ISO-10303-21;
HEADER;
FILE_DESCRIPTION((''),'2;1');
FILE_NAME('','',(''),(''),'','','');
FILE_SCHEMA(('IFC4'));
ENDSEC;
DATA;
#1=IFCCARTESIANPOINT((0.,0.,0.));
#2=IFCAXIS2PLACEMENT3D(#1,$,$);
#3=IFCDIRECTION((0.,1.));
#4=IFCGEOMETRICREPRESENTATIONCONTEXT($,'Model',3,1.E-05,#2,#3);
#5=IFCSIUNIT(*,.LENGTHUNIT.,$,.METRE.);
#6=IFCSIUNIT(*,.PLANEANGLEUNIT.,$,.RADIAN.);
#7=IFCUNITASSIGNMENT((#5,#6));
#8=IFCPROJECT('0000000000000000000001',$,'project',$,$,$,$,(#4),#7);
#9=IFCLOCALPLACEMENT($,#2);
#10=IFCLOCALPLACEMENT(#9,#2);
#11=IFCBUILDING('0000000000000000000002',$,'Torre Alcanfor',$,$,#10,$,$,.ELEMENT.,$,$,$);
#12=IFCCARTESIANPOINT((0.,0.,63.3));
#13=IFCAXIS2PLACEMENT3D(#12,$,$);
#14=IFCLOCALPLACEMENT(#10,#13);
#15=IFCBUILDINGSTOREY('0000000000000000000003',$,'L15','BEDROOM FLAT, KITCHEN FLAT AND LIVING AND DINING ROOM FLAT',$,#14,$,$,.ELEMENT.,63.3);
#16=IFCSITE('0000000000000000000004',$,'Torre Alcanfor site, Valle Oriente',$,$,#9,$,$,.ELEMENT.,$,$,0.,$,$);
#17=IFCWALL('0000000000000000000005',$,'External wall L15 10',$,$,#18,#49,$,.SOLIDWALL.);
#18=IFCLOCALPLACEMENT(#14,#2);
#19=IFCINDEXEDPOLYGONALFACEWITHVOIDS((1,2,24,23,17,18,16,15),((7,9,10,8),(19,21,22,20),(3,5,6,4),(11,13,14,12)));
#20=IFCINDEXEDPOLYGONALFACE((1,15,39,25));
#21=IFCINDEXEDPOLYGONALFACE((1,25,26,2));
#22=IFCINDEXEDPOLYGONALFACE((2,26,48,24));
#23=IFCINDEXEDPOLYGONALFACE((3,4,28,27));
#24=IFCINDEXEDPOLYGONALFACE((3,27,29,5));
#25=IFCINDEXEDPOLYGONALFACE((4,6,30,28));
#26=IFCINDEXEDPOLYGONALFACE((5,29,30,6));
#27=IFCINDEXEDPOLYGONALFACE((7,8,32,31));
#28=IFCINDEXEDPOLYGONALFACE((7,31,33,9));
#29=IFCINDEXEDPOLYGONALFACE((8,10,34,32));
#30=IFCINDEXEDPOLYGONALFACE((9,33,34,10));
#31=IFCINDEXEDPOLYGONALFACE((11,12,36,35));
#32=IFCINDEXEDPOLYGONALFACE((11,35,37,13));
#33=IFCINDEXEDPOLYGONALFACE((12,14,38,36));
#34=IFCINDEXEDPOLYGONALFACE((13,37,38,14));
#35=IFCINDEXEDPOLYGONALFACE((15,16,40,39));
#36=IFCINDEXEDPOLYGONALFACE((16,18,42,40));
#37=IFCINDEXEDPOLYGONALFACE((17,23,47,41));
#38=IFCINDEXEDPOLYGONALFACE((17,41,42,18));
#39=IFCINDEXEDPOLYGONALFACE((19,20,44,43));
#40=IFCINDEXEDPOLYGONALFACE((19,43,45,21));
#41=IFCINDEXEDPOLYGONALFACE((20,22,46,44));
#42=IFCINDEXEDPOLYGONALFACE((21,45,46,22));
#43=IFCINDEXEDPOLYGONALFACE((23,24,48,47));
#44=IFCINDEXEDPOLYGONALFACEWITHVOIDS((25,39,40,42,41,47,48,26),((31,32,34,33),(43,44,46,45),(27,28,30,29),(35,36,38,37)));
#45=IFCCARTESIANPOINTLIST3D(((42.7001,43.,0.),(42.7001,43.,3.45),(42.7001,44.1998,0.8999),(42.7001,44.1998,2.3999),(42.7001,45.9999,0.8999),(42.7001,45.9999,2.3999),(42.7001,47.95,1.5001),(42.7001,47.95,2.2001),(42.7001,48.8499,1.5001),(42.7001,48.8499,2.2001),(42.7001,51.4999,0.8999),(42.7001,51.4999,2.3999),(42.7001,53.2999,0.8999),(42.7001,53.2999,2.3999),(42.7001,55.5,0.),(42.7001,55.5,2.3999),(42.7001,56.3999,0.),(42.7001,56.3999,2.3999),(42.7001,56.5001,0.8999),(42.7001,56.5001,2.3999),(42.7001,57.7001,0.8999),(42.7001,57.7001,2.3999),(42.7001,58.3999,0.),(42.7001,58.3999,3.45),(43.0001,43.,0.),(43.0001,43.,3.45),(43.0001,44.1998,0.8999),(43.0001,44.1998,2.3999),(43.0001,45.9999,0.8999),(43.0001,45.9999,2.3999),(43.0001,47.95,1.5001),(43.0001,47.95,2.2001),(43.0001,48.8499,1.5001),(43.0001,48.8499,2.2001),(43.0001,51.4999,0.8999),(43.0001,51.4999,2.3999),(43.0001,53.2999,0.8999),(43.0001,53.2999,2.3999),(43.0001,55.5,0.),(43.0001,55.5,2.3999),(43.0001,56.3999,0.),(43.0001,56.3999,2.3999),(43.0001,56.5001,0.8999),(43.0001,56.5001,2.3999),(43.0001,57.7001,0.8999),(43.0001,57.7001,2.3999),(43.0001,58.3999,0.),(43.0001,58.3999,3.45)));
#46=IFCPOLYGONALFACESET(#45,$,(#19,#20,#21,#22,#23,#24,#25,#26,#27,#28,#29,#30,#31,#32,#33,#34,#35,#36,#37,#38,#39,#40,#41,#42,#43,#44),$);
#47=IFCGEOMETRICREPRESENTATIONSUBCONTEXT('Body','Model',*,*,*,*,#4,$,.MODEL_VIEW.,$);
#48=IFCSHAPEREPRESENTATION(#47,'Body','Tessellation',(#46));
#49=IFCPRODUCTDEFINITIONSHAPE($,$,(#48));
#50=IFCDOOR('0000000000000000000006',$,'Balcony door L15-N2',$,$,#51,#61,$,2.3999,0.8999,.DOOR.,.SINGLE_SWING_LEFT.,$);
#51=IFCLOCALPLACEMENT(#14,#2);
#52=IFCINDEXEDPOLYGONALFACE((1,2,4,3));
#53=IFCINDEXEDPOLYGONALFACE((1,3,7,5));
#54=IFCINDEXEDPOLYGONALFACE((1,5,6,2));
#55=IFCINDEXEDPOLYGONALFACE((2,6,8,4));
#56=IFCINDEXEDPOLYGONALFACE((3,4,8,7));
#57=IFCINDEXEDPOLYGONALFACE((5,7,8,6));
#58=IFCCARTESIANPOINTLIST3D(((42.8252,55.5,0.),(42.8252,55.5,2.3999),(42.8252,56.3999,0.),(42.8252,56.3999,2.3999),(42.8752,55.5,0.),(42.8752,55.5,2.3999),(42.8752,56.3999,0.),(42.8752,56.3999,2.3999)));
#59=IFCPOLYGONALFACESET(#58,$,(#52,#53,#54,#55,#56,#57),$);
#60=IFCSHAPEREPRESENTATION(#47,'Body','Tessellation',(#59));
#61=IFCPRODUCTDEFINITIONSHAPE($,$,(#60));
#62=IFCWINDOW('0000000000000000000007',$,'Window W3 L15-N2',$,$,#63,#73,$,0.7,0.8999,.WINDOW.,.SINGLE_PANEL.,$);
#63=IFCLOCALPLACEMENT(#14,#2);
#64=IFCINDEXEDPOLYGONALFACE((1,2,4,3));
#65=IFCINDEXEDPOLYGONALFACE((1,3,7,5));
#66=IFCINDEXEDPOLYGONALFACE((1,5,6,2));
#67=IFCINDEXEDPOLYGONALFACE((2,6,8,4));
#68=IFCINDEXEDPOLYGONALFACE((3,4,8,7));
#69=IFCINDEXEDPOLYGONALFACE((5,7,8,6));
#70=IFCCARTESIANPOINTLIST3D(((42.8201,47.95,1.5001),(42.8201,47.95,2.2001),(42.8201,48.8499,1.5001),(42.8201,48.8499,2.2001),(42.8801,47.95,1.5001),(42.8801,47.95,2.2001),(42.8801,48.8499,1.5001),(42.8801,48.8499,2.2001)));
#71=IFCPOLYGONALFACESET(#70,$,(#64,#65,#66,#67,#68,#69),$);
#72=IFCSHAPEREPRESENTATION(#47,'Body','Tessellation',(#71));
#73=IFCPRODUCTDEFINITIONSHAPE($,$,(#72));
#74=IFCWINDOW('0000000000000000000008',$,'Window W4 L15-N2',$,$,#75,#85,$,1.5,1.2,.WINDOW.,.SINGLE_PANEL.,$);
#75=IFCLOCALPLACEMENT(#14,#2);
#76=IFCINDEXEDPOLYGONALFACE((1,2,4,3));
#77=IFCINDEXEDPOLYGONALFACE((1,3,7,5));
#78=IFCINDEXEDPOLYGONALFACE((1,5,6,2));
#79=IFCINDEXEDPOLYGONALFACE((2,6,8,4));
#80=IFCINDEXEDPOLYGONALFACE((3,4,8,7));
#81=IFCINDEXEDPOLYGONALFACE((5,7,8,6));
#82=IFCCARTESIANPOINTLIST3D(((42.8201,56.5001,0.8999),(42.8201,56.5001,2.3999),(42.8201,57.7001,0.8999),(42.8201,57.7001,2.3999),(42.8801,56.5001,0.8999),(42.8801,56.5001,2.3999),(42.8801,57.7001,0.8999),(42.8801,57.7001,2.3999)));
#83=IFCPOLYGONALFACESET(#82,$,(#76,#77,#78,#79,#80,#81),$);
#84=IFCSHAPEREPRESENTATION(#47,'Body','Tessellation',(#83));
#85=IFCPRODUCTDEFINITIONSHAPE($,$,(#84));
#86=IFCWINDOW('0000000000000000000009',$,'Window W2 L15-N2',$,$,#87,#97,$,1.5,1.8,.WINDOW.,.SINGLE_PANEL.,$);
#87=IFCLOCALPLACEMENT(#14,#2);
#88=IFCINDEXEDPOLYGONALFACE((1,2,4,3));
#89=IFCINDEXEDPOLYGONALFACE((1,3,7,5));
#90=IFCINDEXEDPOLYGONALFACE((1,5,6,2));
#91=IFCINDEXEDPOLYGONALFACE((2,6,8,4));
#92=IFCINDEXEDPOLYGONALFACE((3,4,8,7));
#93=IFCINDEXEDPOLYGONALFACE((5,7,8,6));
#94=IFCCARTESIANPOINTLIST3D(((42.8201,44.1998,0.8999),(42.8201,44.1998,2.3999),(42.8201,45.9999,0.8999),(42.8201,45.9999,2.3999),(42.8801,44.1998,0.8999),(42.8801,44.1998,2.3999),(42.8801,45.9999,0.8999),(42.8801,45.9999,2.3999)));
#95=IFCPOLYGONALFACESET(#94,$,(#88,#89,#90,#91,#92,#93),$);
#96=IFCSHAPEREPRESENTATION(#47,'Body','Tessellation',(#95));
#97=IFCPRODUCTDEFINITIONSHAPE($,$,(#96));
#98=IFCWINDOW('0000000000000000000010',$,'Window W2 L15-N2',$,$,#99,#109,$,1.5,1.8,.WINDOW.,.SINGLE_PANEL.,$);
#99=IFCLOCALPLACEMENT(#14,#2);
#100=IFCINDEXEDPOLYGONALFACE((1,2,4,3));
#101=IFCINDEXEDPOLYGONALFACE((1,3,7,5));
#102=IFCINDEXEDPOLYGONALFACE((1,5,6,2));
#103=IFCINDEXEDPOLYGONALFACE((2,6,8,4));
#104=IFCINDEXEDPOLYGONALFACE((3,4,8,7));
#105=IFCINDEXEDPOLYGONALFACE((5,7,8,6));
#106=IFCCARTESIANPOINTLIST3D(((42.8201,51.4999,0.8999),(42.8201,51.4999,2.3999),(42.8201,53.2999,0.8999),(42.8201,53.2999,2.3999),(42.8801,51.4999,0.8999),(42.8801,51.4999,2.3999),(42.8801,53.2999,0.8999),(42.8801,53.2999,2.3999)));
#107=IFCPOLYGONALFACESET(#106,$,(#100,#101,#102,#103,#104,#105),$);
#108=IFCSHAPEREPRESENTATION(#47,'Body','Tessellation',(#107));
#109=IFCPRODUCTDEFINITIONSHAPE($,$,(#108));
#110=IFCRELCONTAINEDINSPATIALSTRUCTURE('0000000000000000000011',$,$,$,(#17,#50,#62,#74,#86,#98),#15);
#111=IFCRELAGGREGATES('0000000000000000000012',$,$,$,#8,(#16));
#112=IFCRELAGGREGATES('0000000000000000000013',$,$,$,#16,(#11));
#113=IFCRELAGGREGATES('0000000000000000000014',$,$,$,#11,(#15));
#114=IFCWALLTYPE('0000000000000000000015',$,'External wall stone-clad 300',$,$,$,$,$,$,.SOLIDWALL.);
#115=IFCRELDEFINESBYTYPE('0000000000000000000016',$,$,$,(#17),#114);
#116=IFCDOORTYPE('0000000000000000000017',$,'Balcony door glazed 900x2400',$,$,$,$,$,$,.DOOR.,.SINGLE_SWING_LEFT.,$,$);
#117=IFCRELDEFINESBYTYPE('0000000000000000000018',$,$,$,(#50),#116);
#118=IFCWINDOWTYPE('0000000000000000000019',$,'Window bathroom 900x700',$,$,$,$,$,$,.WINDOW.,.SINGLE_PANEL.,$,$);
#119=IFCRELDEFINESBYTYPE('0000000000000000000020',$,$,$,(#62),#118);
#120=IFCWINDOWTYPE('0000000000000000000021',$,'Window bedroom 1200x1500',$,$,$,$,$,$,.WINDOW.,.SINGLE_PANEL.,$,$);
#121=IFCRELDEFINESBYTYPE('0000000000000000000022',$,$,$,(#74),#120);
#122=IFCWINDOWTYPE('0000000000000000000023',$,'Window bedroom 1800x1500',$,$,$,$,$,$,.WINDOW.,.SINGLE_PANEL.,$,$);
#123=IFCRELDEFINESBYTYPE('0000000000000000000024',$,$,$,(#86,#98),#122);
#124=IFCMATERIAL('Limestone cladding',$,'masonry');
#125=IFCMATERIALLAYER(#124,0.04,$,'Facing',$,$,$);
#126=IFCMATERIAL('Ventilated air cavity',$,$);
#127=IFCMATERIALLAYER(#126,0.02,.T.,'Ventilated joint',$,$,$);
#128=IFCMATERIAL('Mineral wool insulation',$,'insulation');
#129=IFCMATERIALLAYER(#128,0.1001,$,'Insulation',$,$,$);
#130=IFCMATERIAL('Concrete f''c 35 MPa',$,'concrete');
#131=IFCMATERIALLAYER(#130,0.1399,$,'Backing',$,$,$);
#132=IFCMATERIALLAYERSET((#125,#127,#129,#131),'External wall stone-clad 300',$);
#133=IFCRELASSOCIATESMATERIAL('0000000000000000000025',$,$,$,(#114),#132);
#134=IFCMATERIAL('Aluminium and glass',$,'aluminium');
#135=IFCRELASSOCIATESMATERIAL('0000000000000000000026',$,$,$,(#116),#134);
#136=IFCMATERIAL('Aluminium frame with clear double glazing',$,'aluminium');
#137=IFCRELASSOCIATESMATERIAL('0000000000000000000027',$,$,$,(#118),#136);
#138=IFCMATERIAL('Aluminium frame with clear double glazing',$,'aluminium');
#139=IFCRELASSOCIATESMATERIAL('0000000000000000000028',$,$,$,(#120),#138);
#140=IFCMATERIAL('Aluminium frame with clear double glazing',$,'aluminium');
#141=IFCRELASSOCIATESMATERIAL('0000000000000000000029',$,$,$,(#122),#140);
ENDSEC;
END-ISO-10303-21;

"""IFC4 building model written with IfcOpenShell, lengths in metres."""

from ifc_helpers import new_model, si_unit, direction, frame, frame_2d, origin, place, context, subcontext, project, spatial, rectangle, extrude, material, layer, layer_set, type_object, element, fill, save


model = new_model("IFC4")

# Units and contexts
model_context = context("Model", 3, precision=1e-05, world=origin(), true_north=direction((0.0, 1.0)))
body_context = subcontext(model_context, "Body", "Model", "MODEL_VIEW")
ifc_project = project(units=[si_unit("LENGTHUNIT", "METRE"), si_unit("PLANEANGLEUNIT", "RADIAN")], contexts=[model_context])

# Site, building, storey
site_placement = place(None, origin())
site = spatial("IfcSite", under=ifc_project, at=site_placement, Name="Torre Alcanfor site, Valle Oriente", CompositionType="ELEMENT", RefElevation=0.0)
building_placement = place(site_placement, origin())
building = spatial("IfcBuilding", under=site, at=building_placement, Name="Torre Alcanfor", CompositionType="ELEMENT")
storey_placement = place(building_placement, frame((0.0, 0.0, 63.3)))
storey = spatial("IfcBuildingStorey", under=building, at=storey_placement, Name="L15", Description="BEDROOM FLAT, KITCHEN FLAT AND LIVING AND DINING ROOM FLAT", CompositionType="ELEMENT", Elevation=63.3)

# Wall, openings, door, windows
ifc_material_1 = material(Name="Limestone cladding", Category="masonry")
ifc_layer_1 = layer(ifc_material_1, 0.04, Name="Facing")
ifc_material_2 = material(Name="Ventilated air cavity")
ifc_layer_2 = layer(ifc_material_2, 0.02, ventilated=True, Name="Ventilated joint")
ifc_material_3 = material(Name="Mineral wool insulation", Category="insulation")
ifc_layer_3 = layer(ifc_material_3, 0.1001, Name="Insulation")
ifc_material_4 = material(Name="Concrete f'c 35 MPa", Category="concrete")
ifc_layer_4 = layer(ifc_material_4, 0.1399, Name="Backing")
ifc_layer_set_1 = layer_set([ifc_layer_1, ifc_layer_2, ifc_layer_3, ifc_layer_4], Name="External wall stone-clad 300")
wall_type_1 = type_object("IfcWallType", Name="External wall stone-clad 300", PredefinedType="SOLIDWALL", material=ifc_layer_set_1)
ifc_material_5 = material(Name="Aluminium and glass", Category="aluminium")
door_type = type_object("IfcDoorType", Name="Balcony door glazed 900x2400", OperationType="SINGLE_SWING_LEFT", PredefinedType="DOOR", material=ifc_material_5)
ifc_material_6 = material(Name="Aluminium frame with clear double glazing", Category="aluminium")
window_type_1 = type_object("IfcWindowType", Name="Window bathroom 900x700", PartitioningType="SINGLE_PANEL", PredefinedType="WINDOW", material=ifc_material_6)
ifc_material_7 = material(Name="Aluminium frame with clear double glazing", Category="aluminium")
window_type_2 = type_object("IfcWindowType", Name="Window bedroom 1200x1500", PartitioningType="SINGLE_PANEL", PredefinedType="WINDOW", material=ifc_material_7)
ifc_material_8 = material(Name="Aluminium frame with clear double glazing", Category="aluminium")
window_type_3 = type_object("IfcWindowType", Name="Window bedroom 1800x1500", PartitioningType="SINGLE_PANEL", PredefinedType="WINDOW", material=ifc_material_8)
wall_1_placement = place(storey_placement, frame((42.8501, 43.0, 0.0), z_axis=(0.0, 0.0, 1.0), x_axis=(0.0, 1.0, 0.0)))
wall_1 = element("IfcWall", 1, at=wall_1_placement, inside=storey, type_object=wall_type_1, Name="External wall L15 10", PredefinedType="SOLIDWALL", context=body_context, shape_type="SweptSolid", body=[
    extrude(rectangle(XDim=15.3999, YDim=0.3, at=frame_2d((7.7, 0.0))), origin(), (0.0, 0.0, 1.0), 3.45),
])
opening_1_placement = place(wall_1_placement, frame((1.2, 0.0, 0.8999)))
opening_1 = element("IfcOpeningElement", 2, at=opening_1_placement, cuts=wall_1, PredefinedType="OPENING", context=body_context, shape_type="SweptSolid", body=[
    extrude(rectangle(XDim=1.8, YDim=1.5, at=frame_2d((0.8999, 0.75))), frame((0.0, 0.1599, 0.0), z_axis=(0.0, -1.0, 0.0), x_axis=(1.0, 0.0, 0.0)), (0.0, 0.0, 1.0), 0.3201),
])
opening_2_placement = place(wall_1_placement, frame((4.95, 0.0, 1.5)))
opening_2 = element("IfcOpeningElement", 3, at=opening_2_placement, cuts=wall_1, PredefinedType="OPENING", context=body_context, shape_type="SweptSolid", body=[
    extrude(rectangle(XDim=0.8999, YDim=0.7, at=frame_2d((0.45, 0.3501))), frame((0.0, 0.1599, 0.0), z_axis=(0.0, -1.0, 0.0), x_axis=(1.0, 0.0, 0.0)), (0.0, 0.0, 1.0), 0.3201),
])
opening_3_placement = place(wall_1_placement, frame((8.5, 0.0, 0.8999)))
opening_3 = element("IfcOpeningElement", 4, at=opening_3_placement, cuts=wall_1, PredefinedType="OPENING", context=body_context, shape_type="SweptSolid", body=[
    extrude(rectangle(XDim=1.8, YDim=1.5, at=frame_2d((0.8999, 0.75))), frame((0.0, 0.1599, 0.0), z_axis=(0.0, -1.0, 0.0), x_axis=(1.0, 0.0, 0.0)), (0.0, 0.0, 1.0), 0.3201),
])
opening_4_placement = place(wall_1_placement, frame((12.5, 0.0, 0.0)))
opening_4 = element("IfcOpeningElement", 5, at=opening_4_placement, cuts=wall_1, PredefinedType="OPENING", context=body_context, shape_type="SweptSolid", body=[
    extrude(rectangle(XDim=0.8999, YDim=2.3999, at=frame_2d((0.45, 1.2))), frame((0.0, 0.1599, 0.0), z_axis=(0.0, -1.0, 0.0), x_axis=(1.0, 0.0, 0.0)), (0.0, 0.0, 1.0), 0.3201),
])
opening_5_placement = place(wall_1_placement, frame((13.5, 0.0, 0.8999)))
opening_5 = element("IfcOpeningElement", 6, at=opening_5_placement, cuts=wall_1, PredefinedType="OPENING", context=body_context, shape_type="SweptSolid", body=[
    extrude(rectangle(XDim=1.2, YDim=1.5, at=frame_2d((0.6001, 0.75))), frame((0.0, 0.1599, 0.0), z_axis=(0.0, -1.0, 0.0), x_axis=(1.0, 0.0, 0.0)), (0.0, 0.0, 1.0), 0.3201),
])
door_1_placement = place(opening_4_placement, origin())
door_1 = element("IfcDoor", 7, at=door_1_placement, inside=storey, type_object=door_type, Name="Balcony door L15-N2", OperationType="SINGLE_SWING_LEFT", OverallHeight=2.3999, OverallWidth=0.8999, PredefinedType="DOOR", context=body_context, shape_type="SweptSolid", body=[
    extrude(rectangle(XDim=0.8999, YDim=2.3999, at=frame_2d((0.45, 1.2))), frame((0.0, 0.0249, 0.0), z_axis=(0.0, -1.0, 0.0), x_axis=(1.0, 0.0, 0.0)), (0.0, 0.0, 1.0), 0.05),
])
fill(opening_4, door_1)
window_1_placement = place(opening_2_placement, origin())
window_1 = element("IfcWindow", 8, at=window_1_placement, inside=storey, type_object=window_type_1, Name="Window W3 L15-N2", OverallHeight=0.7, OverallWidth=0.8999, PartitioningType="SINGLE_PANEL", PredefinedType="WINDOW", context=body_context, shape_type="SweptSolid", body=[
    extrude(rectangle(XDim=0.8999, YDim=0.7, at=frame_2d((0.45, 0.3501))), frame((0.0, 0.03, 0.0), z_axis=(0.0, -1.0, 0.0), x_axis=(1.0, 0.0, 0.0)), (0.0, 0.0, 1.0), 0.0601),
])
fill(opening_2, window_1)
window_2_placement = place(opening_5_placement, origin())
window_2 = element("IfcWindow", 9, at=window_2_placement, inside=storey, type_object=window_type_2, Name="Window W4 L15-N2", OverallHeight=1.5, OverallWidth=1.2, PartitioningType="SINGLE_PANEL", PredefinedType="WINDOW", context=body_context, shape_type="SweptSolid", body=[
    extrude(rectangle(XDim=1.2, YDim=1.5, at=frame_2d((0.6001, 0.75))), frame((0.0, 0.03, 0.0), z_axis=(0.0, -1.0, 0.0), x_axis=(1.0, 0.0, 0.0)), (0.0, 0.0, 1.0), 0.0601),
])
fill(opening_5, window_2)
window_3_placement = place(opening_1_placement, origin())
window_3 = element("IfcWindow", 10, at=window_3_placement, inside=storey, type_object=window_type_3, Name="Window W2 L15-N2", OverallHeight=1.5, OverallWidth=1.8, PartitioningType="SINGLE_PANEL", PredefinedType="WINDOW", context=body_context, shape_type="SweptSolid", body=[
    extrude(rectangle(XDim=1.8, YDim=1.5, at=frame_2d((0.8999, 0.75))), frame((0.0, 0.03, 0.0), z_axis=(0.0, -1.0, 0.0), x_axis=(1.0, 0.0, 0.0)), (0.0, 0.0, 1.0), 0.0601),
])
fill(opening_1, window_3)
window_4_placement = place(opening_3_placement, origin())
window_4 = element("IfcWindow", 11, at=window_4_placement, inside=storey, type_object=window_type_3, Name="Window W2 L15-N2", OverallHeight=1.5, OverallWidth=1.8, PartitioningType="SINGLE_PANEL", PredefinedType="WINDOW", context=body_context, shape_type="SweptSolid", body=[
    extrude(rectangle(XDim=1.8, YDim=1.5, at=frame_2d((0.8999, 0.75))), frame((0.0, 0.03, 0.0), z_axis=(0.0, -1.0, 0.0), x_axis=(1.0, 0.0, 0.0)), (0.0, 0.0, 1.0), 0.0601),
])
fill(opening_3, window_4)

save(model, "model.ifc")
